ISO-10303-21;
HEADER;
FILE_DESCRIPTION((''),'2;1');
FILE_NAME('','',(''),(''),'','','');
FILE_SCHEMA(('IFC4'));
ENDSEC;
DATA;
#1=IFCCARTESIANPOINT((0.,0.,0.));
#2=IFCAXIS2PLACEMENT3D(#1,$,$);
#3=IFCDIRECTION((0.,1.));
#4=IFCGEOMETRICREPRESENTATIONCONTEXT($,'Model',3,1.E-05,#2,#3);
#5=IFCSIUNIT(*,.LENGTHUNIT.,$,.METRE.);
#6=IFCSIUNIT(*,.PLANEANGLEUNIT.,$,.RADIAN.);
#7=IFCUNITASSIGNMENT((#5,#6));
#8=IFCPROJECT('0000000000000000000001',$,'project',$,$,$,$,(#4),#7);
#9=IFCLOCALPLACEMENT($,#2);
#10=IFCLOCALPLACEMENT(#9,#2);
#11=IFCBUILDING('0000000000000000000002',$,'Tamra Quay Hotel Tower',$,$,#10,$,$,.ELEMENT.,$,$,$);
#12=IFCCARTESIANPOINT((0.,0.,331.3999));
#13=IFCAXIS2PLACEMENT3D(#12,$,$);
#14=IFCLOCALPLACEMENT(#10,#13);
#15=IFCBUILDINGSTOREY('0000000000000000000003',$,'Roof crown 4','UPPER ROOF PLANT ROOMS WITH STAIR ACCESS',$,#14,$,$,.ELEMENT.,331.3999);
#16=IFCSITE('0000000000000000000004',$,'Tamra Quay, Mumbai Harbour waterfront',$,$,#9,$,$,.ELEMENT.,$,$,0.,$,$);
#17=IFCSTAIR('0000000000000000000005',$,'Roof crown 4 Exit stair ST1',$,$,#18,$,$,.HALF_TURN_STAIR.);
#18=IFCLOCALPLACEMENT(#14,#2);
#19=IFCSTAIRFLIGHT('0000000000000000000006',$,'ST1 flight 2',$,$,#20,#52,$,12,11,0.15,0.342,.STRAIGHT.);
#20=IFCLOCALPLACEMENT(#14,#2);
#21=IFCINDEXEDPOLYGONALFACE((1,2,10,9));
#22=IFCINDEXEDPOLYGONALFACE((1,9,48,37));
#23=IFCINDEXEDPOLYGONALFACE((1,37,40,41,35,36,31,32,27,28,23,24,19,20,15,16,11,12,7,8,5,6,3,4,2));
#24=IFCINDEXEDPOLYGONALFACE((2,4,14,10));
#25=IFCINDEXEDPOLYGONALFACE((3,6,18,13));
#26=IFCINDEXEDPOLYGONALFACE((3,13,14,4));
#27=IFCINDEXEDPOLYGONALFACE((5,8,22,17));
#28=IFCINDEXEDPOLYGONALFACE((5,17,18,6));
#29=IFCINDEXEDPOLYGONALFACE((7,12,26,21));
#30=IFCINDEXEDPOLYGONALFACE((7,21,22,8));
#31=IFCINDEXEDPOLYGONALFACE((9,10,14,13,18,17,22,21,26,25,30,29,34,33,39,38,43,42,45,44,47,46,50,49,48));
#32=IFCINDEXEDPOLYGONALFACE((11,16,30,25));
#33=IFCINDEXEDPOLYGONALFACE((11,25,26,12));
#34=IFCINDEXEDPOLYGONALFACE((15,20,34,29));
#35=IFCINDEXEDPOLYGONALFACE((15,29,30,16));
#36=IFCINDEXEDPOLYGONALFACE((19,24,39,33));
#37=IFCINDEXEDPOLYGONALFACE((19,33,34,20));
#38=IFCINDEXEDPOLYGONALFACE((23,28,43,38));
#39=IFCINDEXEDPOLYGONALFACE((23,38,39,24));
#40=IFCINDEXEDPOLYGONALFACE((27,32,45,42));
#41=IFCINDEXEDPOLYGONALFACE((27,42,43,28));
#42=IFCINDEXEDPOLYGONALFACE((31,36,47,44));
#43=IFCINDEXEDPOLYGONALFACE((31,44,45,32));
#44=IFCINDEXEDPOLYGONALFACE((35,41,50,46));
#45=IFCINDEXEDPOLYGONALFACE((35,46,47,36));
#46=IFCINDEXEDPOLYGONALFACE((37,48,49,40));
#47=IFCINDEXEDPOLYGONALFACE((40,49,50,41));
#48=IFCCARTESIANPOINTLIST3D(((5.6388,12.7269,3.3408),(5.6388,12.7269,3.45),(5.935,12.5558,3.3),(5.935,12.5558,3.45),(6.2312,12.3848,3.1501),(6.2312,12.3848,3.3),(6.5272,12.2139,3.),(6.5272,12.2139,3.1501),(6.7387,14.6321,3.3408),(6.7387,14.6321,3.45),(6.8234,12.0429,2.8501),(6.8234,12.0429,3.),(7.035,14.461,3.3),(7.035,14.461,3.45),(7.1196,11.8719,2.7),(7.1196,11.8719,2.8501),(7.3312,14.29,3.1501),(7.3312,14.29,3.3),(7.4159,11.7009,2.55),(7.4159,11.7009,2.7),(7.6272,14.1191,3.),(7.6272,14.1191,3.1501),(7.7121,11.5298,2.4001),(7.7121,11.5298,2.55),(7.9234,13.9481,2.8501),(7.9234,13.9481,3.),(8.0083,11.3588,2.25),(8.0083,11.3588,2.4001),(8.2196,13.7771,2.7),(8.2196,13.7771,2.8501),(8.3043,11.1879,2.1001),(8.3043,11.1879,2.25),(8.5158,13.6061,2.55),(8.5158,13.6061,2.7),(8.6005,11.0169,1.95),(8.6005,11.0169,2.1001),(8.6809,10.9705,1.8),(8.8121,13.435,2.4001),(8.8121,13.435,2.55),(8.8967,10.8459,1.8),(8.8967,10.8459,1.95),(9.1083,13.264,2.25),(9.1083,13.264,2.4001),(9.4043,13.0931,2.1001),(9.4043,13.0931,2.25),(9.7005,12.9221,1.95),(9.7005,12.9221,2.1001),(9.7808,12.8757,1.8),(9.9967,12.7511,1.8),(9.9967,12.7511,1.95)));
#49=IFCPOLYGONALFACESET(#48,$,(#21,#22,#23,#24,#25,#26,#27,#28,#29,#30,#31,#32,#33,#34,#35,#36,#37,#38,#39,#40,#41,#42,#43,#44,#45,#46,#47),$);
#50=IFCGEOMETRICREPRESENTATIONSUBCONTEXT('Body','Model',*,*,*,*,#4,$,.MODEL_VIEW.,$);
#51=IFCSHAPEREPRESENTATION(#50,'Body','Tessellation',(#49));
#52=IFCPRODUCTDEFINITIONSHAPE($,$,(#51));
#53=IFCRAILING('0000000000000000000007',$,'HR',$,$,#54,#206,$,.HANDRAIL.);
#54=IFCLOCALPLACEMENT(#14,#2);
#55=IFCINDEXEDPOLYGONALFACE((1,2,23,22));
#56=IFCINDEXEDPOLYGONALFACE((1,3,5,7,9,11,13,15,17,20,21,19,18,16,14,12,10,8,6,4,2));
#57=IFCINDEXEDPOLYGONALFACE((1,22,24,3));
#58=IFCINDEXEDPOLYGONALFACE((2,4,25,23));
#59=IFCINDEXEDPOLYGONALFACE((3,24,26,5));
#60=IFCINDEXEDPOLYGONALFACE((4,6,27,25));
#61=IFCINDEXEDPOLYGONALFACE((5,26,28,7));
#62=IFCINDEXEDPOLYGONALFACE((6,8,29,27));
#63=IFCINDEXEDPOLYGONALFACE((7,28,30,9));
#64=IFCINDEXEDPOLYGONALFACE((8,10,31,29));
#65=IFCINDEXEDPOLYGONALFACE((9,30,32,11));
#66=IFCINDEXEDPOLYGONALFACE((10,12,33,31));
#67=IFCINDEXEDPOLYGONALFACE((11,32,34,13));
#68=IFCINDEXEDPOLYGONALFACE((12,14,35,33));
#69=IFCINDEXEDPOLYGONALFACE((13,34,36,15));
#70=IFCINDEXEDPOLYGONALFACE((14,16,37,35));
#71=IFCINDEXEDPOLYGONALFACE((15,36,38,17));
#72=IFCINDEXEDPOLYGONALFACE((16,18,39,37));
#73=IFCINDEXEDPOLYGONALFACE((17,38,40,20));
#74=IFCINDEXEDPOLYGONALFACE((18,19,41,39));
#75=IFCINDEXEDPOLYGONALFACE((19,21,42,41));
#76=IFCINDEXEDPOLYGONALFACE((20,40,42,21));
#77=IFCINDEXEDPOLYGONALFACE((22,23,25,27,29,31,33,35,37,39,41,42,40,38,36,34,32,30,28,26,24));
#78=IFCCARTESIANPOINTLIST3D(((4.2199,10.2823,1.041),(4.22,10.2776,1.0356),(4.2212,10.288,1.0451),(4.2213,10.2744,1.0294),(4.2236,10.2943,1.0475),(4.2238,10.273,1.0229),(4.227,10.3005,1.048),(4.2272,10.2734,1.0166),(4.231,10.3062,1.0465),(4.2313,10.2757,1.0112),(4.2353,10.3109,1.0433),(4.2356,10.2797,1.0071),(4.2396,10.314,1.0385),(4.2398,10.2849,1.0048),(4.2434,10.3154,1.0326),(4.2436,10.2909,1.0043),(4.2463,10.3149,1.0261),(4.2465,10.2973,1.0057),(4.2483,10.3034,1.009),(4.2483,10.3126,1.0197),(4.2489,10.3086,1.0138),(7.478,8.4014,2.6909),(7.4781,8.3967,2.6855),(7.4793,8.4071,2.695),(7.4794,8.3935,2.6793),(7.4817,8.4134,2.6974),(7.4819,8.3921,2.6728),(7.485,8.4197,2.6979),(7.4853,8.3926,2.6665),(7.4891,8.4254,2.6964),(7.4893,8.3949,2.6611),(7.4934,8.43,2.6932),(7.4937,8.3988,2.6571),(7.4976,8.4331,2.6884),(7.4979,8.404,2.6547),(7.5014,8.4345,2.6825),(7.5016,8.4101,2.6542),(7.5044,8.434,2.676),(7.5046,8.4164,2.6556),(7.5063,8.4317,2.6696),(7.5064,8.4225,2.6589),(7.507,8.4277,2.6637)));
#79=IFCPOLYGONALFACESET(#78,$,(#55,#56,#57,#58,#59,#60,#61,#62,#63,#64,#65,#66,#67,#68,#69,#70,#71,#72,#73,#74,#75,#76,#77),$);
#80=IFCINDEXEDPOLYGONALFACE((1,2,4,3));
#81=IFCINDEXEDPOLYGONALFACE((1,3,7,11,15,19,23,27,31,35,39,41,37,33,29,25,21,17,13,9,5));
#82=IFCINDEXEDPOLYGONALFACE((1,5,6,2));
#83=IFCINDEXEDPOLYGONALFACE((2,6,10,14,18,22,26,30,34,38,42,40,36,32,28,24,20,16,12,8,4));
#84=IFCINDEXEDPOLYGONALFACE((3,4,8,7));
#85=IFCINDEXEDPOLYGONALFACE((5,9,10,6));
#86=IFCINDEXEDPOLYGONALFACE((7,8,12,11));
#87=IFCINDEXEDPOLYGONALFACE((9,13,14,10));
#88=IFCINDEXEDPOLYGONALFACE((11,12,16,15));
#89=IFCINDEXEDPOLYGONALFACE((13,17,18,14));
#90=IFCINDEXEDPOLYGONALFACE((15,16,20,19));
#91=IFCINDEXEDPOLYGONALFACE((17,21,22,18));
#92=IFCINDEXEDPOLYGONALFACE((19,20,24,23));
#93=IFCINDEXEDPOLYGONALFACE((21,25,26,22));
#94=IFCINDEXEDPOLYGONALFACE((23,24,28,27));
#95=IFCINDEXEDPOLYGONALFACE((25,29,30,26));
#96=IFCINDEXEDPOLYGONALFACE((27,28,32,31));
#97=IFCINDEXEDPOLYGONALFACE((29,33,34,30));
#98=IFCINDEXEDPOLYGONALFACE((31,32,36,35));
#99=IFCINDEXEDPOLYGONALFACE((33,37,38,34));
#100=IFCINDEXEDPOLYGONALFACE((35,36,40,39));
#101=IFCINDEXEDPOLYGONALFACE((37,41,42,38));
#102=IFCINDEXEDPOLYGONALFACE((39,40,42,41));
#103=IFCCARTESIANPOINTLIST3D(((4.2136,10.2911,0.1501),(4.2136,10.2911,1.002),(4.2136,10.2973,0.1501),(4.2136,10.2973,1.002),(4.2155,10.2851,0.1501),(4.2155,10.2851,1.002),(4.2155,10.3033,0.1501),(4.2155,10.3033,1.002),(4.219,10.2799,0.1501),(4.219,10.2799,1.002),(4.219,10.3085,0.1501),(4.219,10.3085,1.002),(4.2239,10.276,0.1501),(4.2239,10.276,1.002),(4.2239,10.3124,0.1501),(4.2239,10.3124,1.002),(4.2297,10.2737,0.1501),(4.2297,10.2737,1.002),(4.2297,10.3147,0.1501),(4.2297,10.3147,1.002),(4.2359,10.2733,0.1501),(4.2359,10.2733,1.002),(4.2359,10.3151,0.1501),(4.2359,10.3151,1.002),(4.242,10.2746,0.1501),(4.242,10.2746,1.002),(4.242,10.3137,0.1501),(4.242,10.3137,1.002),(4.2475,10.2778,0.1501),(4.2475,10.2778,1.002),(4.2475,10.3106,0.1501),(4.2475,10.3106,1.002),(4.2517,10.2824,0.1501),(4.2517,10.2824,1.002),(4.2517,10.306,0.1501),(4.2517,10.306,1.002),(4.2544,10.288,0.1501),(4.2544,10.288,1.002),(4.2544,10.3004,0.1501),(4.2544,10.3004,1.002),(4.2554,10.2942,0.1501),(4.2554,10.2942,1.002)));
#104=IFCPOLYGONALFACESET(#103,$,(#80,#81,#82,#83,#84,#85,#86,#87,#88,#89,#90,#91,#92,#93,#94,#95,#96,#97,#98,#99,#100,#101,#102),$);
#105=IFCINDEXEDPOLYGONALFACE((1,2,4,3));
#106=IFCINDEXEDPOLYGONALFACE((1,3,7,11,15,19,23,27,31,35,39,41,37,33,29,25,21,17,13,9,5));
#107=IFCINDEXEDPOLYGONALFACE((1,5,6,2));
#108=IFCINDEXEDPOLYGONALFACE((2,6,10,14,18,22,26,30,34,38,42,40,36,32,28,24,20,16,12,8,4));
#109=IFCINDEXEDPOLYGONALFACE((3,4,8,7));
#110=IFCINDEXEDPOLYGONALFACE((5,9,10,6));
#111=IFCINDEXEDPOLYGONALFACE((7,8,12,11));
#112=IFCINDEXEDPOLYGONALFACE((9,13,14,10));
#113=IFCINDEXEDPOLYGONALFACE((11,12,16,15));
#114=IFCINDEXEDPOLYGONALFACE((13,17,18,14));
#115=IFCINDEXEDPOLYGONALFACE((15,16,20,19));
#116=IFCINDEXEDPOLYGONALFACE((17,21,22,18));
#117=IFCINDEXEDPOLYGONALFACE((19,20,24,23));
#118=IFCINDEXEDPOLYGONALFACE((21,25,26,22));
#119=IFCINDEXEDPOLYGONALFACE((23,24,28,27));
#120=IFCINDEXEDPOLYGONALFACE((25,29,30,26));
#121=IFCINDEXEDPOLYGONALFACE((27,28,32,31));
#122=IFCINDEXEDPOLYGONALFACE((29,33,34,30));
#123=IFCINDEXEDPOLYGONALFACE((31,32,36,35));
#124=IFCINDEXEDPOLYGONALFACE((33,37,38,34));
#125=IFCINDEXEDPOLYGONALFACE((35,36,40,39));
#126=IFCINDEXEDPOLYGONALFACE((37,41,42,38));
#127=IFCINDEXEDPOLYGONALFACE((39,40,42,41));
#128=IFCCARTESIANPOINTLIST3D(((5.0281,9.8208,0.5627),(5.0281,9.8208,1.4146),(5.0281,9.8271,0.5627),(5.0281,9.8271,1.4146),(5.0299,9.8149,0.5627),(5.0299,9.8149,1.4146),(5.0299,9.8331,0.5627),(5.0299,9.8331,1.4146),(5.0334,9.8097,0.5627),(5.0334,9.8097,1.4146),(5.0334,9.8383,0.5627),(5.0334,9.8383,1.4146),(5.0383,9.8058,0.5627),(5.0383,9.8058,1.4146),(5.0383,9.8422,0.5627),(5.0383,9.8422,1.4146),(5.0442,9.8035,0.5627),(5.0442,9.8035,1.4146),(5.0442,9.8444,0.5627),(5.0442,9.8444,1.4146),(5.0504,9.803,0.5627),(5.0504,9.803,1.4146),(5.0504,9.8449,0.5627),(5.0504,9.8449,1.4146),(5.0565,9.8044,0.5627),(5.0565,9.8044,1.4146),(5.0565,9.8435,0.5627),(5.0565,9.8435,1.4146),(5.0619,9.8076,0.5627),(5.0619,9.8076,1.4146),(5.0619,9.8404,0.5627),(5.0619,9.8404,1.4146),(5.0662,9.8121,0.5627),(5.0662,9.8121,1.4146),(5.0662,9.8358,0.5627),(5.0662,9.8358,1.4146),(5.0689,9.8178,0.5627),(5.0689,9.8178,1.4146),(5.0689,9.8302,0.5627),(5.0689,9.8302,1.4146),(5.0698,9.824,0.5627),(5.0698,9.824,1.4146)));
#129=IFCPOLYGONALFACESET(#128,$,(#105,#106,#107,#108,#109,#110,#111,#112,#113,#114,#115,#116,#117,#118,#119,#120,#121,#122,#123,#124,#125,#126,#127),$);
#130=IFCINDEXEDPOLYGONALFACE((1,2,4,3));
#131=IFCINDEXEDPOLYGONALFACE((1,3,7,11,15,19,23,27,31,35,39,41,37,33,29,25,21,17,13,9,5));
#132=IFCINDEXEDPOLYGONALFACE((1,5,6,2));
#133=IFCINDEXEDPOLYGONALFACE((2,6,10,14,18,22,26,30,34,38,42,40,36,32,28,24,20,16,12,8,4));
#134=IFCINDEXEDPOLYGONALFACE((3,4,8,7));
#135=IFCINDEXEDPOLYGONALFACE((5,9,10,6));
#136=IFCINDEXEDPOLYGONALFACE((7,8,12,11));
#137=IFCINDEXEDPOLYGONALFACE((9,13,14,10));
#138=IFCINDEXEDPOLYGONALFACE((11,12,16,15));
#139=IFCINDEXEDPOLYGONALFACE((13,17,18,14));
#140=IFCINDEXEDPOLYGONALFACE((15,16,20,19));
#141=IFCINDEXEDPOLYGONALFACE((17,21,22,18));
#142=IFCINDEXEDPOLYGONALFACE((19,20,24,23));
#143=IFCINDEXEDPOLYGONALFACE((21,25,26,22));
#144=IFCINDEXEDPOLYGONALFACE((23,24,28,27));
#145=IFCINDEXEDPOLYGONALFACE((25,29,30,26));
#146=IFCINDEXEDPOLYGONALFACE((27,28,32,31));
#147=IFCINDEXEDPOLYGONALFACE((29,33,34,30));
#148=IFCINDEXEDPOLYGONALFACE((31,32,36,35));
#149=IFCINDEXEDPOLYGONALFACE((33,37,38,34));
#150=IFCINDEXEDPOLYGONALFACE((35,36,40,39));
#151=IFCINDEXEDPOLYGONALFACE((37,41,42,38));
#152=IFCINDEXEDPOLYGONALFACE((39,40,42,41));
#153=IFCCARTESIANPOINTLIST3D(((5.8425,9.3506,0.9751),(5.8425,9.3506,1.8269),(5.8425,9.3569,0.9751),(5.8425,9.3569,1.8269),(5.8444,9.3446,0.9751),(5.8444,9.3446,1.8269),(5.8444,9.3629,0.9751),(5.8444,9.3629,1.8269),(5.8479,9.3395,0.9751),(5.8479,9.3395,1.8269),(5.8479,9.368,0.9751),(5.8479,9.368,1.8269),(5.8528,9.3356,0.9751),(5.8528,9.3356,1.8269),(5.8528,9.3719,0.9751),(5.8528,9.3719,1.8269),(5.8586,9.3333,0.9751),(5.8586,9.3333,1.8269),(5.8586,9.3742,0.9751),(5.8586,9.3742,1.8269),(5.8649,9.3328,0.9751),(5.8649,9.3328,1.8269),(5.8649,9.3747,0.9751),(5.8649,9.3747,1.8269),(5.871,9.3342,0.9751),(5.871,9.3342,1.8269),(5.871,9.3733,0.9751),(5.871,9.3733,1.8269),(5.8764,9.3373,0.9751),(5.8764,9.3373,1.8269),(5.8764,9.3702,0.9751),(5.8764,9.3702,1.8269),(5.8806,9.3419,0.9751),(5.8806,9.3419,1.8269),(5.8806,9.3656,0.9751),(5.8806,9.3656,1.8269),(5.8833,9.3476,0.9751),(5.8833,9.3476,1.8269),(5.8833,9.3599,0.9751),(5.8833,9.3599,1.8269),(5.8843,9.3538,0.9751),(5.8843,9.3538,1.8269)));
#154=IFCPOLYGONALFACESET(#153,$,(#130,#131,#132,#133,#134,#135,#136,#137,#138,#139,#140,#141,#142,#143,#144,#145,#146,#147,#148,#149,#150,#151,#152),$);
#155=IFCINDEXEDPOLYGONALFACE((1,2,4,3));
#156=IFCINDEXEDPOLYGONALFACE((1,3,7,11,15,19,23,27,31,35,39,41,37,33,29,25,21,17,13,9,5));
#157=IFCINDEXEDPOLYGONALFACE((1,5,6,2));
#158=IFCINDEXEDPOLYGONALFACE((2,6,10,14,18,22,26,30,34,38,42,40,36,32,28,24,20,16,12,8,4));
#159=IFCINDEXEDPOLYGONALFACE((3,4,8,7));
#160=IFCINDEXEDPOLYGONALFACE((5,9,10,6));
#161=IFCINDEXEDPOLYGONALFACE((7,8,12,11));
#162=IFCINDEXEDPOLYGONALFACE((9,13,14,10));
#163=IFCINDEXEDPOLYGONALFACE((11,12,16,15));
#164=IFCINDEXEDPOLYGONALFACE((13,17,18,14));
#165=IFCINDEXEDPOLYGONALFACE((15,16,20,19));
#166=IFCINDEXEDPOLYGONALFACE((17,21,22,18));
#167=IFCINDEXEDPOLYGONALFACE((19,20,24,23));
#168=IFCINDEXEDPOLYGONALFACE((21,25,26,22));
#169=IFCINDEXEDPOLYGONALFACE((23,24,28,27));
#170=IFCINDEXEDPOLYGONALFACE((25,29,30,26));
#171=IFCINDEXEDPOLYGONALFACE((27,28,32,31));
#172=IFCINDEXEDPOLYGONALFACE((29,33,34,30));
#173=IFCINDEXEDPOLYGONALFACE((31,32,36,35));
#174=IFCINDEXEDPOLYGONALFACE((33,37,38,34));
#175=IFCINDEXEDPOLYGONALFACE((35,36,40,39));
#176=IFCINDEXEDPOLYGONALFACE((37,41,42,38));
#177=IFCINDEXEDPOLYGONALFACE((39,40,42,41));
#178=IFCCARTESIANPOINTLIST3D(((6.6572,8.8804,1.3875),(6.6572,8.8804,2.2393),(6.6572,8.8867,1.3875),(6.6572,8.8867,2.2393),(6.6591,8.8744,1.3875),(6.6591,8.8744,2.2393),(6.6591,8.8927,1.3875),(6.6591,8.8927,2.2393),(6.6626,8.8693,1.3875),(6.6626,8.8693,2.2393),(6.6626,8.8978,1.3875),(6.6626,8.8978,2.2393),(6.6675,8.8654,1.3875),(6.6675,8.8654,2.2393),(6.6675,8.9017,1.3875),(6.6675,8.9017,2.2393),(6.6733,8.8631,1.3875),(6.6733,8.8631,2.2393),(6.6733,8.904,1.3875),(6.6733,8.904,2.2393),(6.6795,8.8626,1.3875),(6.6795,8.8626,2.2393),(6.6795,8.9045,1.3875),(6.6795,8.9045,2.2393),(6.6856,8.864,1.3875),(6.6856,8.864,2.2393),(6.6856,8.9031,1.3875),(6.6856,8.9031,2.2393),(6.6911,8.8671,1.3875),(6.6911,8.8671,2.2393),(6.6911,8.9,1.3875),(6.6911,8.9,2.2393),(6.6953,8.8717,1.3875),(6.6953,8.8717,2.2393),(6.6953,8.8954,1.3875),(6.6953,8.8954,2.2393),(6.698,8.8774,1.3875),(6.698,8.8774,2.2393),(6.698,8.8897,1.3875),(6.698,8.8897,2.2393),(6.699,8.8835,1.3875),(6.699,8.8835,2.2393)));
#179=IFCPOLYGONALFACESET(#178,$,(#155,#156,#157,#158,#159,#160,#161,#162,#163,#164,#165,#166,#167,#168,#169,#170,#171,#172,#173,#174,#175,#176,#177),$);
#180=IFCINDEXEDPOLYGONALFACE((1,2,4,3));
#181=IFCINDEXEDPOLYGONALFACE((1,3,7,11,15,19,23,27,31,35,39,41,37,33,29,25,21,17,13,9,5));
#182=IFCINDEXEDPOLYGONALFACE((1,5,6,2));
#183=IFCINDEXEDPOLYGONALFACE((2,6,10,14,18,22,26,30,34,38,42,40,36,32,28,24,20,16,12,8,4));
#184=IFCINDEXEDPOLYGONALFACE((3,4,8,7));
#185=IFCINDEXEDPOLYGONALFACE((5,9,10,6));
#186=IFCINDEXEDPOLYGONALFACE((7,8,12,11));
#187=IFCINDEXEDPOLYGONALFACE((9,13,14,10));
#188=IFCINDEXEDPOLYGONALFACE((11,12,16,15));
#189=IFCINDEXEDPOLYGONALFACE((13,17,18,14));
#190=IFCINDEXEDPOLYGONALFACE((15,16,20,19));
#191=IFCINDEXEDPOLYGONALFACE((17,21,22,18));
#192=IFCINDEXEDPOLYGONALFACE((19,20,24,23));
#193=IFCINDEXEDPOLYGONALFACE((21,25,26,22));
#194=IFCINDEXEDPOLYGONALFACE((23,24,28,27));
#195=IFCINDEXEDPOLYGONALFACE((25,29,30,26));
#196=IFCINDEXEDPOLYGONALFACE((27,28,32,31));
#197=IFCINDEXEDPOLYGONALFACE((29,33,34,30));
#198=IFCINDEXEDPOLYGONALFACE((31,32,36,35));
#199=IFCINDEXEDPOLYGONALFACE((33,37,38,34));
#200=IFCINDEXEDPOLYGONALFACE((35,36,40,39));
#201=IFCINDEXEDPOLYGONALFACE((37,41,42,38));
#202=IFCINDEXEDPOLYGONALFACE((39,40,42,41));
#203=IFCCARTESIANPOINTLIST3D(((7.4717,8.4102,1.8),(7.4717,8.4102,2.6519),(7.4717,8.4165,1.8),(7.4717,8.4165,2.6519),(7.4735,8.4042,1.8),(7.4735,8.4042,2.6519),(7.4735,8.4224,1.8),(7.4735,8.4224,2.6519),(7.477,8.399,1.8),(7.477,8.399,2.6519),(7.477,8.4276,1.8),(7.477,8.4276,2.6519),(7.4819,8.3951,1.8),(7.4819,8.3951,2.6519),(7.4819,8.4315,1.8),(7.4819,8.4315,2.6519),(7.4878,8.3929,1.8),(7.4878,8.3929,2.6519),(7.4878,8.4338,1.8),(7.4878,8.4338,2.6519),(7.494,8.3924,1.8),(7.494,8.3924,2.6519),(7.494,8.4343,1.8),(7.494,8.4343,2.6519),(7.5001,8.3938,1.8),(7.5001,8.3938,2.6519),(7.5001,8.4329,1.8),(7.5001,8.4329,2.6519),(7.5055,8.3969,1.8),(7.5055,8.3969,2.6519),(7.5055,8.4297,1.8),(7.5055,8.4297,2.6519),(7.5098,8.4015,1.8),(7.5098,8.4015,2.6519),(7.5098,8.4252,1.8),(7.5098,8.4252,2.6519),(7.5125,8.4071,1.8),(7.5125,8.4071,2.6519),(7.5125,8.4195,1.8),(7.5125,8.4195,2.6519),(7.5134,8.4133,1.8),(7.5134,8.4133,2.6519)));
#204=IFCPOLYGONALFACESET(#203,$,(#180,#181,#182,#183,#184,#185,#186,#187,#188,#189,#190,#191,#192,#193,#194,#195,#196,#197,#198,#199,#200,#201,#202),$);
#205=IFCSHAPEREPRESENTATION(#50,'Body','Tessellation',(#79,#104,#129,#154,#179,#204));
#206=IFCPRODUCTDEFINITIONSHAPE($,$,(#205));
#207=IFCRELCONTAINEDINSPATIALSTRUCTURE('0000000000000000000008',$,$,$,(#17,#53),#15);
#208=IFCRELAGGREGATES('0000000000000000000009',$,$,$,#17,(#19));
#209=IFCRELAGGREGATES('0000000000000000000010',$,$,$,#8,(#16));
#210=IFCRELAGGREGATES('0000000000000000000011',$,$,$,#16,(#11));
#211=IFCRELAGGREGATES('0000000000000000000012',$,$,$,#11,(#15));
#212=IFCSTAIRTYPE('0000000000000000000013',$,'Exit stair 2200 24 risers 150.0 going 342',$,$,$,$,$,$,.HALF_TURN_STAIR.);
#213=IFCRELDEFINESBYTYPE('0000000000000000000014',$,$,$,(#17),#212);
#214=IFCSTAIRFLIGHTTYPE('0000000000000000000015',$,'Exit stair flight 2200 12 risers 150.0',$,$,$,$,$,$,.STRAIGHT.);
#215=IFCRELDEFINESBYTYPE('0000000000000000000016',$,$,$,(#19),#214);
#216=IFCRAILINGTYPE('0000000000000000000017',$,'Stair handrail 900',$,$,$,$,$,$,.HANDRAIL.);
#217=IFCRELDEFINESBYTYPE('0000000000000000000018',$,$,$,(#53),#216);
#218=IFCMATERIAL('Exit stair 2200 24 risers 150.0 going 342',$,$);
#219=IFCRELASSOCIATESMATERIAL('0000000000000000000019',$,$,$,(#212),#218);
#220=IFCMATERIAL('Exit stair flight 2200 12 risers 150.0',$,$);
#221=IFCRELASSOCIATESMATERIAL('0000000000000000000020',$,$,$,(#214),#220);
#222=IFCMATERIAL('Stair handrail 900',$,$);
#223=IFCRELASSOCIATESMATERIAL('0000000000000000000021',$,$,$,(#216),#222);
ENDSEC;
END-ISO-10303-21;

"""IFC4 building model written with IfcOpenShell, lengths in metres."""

from ifc_helpers import new_model, si_unit, direction, frame, origin, origin_2d, place, context, subcontext, project, spatial, polyline, circle, outline, extrude, material, type_object, element, aggregate, save


model = new_model("IFC4")

# Units and contexts
model_context = context("Model", 3, precision=1e-05, world=origin(), true_north=direction((0.0, 1.0)))
body_context = subcontext(model_context, "Body", "Model", "MODEL_VIEW")
ifc_project = project(units=[si_unit("LENGTHUNIT", "METRE"), si_unit("PLANEANGLEUNIT", "RADIAN")], contexts=[model_context])

# Site, building, storey
site_placement = place(None, origin())
site = spatial("IfcSite", under=ifc_project, at=site_placement, Name="Tamra Quay, Mumbai Harbour waterfront", CompositionType="ELEMENT", RefElevation=0.0)
building_placement = place(site_placement, origin())
building = spatial("IfcBuilding", under=site, at=building_placement, Name="Tamra Quay Hotel Tower", CompositionType="ELEMENT")
storey_placement = place(building_placement, frame((0.0, 0.0, 331.3999)))
storey = spatial("IfcBuildingStorey", under=building, at=storey_placement, Name="Roof crown 4", Description="UPPER ROOF PLANT ROOMS WITH STAIR ACCESS", CompositionType="ELEMENT", Elevation=331.3999)

# Stair, stair flight
ifc_material_1 = material(Name="Exit stair 2200 24 risers 150.0 going 342")
stair_type = type_object("IfcStairType", Name="Exit stair 2200 24 risers 150.0 going 342", PredefinedType="HALF_TURN_STAIR", material=ifc_material_1)
stair_placement = place(storey_placement, origin())
stair = element("IfcStair", 1, at=stair_placement, inside=storey, type_object=stair_type, Name="Roof crown 4 Exit stair ST1", PredefinedType="HALF_TURN_STAIR")
ifc_material_2 = material(Name="Exit stair flight 2200 12 risers 150.0")
stair_flight_type = type_object("IfcStairFlightType", Name="Exit stair flight 2200 12 risers 150.0", PredefinedType="STRAIGHT", material=ifc_material_2)
stair_flight_1_placement = place(storey_placement, frame((9.4468, 11.7986, 1.8), z_axis=(0.0, 0.0, 1.0), x_axis=(-0.866025, 0.5, 0.0)))
stair_flight_1 = element("IfcStairFlight", 2, at=stair_flight_1_placement, type_object=stair_flight_type, Name="ST1 flight 2", NumberOfRisers=12, NumberOfTreads=11, PredefinedType="STRAIGHT", RiserHeight=0.15, TreadLength=0.342, context=body_context, shape_type="SweptSolid", body=[
    extrude(outline(polyline([(0.0, 0.0), (0.0, 0.1499), (0.342, 0.1499), (0.342, 0.3), (0.6841, 0.3), (0.6841, 0.45), (1.0259, 0.45), (1.0259, 0.6001), (1.3679, 0.6001), (1.3679, 0.75), (1.71, 0.75), (1.71, 0.8999), (2.052, 0.8999), (2.052, 1.05), (2.394, 1.05), (2.394, 1.2), (2.7361, 1.2), (2.7361, 1.3501), (3.0779, 1.3501), (3.0779, 1.5), (3.4199, 1.5), (3.4199, 1.6499), (3.762, 1.6499), (3.762, 1.8), (3.762, 1.5408), (0.2493, 0.0), (0.0, 0.0)])), frame((0.0, 1.1001, 0.0), z_axis=(0.0, -1.0, 0.0), x_axis=(1.0, 0.0, 0.0)), (0.0, 0.0, 1.0), 2.2),
])
aggregate(stair, [stair_flight_1])

# Railing
ifc_material_3 = material(Name="Stair handrail 900")
railing_type_1 = type_object("IfcRailingType", Name="Stair handrail 900", PredefinedType="HANDRAIL", material=ifc_material_3)
railing_1_placement = place(storey_placement, frame((4.2344, 10.2942, 0.1501)))
element("IfcRailing", 3, at=railing_1_placement, inside=storey, type_object=railing_type_1, Name="HR", PredefinedType="HANDRAIL", context=body_context, shape_type="SweptSolid", body=[
    extrude(circle(Radius=0.0239, at=origin_2d()), frame((0.0, 0.0, 0.876), z_axis=(0.793122, -0.457865, 0.401642), x_axis=(0.499964, 0.866046, 0.0)), (0.0, 0.0, 1.0), 4.1079),
    extrude(circle(Radius=0.021, at=origin_2d()), origin(), (0.0, 0.0, 1.0), 0.8518),
    extrude(circle(Radius=0.021, at=origin_2d()), frame((0.8145, -0.4702, 0.4126)), (0.0, 0.0, 1.0), 0.8518),
    extrude(circle(Radius=0.021, at=origin_2d()), frame((1.6289, -0.9404, 0.825)), (0.0, 0.0, 1.0), 0.8518),
    extrude(circle(Radius=0.021, at=origin_2d()), frame((2.4436, -1.4106, 1.2373)), (0.0, 0.0, 1.0), 0.8518),
    extrude(circle(Radius=0.021, at=origin_2d()), frame((3.2581, -1.8809, 1.6499)), (0.0, 0.0, 1.0), 0.8518),
])

save(model, "model.ifc")
